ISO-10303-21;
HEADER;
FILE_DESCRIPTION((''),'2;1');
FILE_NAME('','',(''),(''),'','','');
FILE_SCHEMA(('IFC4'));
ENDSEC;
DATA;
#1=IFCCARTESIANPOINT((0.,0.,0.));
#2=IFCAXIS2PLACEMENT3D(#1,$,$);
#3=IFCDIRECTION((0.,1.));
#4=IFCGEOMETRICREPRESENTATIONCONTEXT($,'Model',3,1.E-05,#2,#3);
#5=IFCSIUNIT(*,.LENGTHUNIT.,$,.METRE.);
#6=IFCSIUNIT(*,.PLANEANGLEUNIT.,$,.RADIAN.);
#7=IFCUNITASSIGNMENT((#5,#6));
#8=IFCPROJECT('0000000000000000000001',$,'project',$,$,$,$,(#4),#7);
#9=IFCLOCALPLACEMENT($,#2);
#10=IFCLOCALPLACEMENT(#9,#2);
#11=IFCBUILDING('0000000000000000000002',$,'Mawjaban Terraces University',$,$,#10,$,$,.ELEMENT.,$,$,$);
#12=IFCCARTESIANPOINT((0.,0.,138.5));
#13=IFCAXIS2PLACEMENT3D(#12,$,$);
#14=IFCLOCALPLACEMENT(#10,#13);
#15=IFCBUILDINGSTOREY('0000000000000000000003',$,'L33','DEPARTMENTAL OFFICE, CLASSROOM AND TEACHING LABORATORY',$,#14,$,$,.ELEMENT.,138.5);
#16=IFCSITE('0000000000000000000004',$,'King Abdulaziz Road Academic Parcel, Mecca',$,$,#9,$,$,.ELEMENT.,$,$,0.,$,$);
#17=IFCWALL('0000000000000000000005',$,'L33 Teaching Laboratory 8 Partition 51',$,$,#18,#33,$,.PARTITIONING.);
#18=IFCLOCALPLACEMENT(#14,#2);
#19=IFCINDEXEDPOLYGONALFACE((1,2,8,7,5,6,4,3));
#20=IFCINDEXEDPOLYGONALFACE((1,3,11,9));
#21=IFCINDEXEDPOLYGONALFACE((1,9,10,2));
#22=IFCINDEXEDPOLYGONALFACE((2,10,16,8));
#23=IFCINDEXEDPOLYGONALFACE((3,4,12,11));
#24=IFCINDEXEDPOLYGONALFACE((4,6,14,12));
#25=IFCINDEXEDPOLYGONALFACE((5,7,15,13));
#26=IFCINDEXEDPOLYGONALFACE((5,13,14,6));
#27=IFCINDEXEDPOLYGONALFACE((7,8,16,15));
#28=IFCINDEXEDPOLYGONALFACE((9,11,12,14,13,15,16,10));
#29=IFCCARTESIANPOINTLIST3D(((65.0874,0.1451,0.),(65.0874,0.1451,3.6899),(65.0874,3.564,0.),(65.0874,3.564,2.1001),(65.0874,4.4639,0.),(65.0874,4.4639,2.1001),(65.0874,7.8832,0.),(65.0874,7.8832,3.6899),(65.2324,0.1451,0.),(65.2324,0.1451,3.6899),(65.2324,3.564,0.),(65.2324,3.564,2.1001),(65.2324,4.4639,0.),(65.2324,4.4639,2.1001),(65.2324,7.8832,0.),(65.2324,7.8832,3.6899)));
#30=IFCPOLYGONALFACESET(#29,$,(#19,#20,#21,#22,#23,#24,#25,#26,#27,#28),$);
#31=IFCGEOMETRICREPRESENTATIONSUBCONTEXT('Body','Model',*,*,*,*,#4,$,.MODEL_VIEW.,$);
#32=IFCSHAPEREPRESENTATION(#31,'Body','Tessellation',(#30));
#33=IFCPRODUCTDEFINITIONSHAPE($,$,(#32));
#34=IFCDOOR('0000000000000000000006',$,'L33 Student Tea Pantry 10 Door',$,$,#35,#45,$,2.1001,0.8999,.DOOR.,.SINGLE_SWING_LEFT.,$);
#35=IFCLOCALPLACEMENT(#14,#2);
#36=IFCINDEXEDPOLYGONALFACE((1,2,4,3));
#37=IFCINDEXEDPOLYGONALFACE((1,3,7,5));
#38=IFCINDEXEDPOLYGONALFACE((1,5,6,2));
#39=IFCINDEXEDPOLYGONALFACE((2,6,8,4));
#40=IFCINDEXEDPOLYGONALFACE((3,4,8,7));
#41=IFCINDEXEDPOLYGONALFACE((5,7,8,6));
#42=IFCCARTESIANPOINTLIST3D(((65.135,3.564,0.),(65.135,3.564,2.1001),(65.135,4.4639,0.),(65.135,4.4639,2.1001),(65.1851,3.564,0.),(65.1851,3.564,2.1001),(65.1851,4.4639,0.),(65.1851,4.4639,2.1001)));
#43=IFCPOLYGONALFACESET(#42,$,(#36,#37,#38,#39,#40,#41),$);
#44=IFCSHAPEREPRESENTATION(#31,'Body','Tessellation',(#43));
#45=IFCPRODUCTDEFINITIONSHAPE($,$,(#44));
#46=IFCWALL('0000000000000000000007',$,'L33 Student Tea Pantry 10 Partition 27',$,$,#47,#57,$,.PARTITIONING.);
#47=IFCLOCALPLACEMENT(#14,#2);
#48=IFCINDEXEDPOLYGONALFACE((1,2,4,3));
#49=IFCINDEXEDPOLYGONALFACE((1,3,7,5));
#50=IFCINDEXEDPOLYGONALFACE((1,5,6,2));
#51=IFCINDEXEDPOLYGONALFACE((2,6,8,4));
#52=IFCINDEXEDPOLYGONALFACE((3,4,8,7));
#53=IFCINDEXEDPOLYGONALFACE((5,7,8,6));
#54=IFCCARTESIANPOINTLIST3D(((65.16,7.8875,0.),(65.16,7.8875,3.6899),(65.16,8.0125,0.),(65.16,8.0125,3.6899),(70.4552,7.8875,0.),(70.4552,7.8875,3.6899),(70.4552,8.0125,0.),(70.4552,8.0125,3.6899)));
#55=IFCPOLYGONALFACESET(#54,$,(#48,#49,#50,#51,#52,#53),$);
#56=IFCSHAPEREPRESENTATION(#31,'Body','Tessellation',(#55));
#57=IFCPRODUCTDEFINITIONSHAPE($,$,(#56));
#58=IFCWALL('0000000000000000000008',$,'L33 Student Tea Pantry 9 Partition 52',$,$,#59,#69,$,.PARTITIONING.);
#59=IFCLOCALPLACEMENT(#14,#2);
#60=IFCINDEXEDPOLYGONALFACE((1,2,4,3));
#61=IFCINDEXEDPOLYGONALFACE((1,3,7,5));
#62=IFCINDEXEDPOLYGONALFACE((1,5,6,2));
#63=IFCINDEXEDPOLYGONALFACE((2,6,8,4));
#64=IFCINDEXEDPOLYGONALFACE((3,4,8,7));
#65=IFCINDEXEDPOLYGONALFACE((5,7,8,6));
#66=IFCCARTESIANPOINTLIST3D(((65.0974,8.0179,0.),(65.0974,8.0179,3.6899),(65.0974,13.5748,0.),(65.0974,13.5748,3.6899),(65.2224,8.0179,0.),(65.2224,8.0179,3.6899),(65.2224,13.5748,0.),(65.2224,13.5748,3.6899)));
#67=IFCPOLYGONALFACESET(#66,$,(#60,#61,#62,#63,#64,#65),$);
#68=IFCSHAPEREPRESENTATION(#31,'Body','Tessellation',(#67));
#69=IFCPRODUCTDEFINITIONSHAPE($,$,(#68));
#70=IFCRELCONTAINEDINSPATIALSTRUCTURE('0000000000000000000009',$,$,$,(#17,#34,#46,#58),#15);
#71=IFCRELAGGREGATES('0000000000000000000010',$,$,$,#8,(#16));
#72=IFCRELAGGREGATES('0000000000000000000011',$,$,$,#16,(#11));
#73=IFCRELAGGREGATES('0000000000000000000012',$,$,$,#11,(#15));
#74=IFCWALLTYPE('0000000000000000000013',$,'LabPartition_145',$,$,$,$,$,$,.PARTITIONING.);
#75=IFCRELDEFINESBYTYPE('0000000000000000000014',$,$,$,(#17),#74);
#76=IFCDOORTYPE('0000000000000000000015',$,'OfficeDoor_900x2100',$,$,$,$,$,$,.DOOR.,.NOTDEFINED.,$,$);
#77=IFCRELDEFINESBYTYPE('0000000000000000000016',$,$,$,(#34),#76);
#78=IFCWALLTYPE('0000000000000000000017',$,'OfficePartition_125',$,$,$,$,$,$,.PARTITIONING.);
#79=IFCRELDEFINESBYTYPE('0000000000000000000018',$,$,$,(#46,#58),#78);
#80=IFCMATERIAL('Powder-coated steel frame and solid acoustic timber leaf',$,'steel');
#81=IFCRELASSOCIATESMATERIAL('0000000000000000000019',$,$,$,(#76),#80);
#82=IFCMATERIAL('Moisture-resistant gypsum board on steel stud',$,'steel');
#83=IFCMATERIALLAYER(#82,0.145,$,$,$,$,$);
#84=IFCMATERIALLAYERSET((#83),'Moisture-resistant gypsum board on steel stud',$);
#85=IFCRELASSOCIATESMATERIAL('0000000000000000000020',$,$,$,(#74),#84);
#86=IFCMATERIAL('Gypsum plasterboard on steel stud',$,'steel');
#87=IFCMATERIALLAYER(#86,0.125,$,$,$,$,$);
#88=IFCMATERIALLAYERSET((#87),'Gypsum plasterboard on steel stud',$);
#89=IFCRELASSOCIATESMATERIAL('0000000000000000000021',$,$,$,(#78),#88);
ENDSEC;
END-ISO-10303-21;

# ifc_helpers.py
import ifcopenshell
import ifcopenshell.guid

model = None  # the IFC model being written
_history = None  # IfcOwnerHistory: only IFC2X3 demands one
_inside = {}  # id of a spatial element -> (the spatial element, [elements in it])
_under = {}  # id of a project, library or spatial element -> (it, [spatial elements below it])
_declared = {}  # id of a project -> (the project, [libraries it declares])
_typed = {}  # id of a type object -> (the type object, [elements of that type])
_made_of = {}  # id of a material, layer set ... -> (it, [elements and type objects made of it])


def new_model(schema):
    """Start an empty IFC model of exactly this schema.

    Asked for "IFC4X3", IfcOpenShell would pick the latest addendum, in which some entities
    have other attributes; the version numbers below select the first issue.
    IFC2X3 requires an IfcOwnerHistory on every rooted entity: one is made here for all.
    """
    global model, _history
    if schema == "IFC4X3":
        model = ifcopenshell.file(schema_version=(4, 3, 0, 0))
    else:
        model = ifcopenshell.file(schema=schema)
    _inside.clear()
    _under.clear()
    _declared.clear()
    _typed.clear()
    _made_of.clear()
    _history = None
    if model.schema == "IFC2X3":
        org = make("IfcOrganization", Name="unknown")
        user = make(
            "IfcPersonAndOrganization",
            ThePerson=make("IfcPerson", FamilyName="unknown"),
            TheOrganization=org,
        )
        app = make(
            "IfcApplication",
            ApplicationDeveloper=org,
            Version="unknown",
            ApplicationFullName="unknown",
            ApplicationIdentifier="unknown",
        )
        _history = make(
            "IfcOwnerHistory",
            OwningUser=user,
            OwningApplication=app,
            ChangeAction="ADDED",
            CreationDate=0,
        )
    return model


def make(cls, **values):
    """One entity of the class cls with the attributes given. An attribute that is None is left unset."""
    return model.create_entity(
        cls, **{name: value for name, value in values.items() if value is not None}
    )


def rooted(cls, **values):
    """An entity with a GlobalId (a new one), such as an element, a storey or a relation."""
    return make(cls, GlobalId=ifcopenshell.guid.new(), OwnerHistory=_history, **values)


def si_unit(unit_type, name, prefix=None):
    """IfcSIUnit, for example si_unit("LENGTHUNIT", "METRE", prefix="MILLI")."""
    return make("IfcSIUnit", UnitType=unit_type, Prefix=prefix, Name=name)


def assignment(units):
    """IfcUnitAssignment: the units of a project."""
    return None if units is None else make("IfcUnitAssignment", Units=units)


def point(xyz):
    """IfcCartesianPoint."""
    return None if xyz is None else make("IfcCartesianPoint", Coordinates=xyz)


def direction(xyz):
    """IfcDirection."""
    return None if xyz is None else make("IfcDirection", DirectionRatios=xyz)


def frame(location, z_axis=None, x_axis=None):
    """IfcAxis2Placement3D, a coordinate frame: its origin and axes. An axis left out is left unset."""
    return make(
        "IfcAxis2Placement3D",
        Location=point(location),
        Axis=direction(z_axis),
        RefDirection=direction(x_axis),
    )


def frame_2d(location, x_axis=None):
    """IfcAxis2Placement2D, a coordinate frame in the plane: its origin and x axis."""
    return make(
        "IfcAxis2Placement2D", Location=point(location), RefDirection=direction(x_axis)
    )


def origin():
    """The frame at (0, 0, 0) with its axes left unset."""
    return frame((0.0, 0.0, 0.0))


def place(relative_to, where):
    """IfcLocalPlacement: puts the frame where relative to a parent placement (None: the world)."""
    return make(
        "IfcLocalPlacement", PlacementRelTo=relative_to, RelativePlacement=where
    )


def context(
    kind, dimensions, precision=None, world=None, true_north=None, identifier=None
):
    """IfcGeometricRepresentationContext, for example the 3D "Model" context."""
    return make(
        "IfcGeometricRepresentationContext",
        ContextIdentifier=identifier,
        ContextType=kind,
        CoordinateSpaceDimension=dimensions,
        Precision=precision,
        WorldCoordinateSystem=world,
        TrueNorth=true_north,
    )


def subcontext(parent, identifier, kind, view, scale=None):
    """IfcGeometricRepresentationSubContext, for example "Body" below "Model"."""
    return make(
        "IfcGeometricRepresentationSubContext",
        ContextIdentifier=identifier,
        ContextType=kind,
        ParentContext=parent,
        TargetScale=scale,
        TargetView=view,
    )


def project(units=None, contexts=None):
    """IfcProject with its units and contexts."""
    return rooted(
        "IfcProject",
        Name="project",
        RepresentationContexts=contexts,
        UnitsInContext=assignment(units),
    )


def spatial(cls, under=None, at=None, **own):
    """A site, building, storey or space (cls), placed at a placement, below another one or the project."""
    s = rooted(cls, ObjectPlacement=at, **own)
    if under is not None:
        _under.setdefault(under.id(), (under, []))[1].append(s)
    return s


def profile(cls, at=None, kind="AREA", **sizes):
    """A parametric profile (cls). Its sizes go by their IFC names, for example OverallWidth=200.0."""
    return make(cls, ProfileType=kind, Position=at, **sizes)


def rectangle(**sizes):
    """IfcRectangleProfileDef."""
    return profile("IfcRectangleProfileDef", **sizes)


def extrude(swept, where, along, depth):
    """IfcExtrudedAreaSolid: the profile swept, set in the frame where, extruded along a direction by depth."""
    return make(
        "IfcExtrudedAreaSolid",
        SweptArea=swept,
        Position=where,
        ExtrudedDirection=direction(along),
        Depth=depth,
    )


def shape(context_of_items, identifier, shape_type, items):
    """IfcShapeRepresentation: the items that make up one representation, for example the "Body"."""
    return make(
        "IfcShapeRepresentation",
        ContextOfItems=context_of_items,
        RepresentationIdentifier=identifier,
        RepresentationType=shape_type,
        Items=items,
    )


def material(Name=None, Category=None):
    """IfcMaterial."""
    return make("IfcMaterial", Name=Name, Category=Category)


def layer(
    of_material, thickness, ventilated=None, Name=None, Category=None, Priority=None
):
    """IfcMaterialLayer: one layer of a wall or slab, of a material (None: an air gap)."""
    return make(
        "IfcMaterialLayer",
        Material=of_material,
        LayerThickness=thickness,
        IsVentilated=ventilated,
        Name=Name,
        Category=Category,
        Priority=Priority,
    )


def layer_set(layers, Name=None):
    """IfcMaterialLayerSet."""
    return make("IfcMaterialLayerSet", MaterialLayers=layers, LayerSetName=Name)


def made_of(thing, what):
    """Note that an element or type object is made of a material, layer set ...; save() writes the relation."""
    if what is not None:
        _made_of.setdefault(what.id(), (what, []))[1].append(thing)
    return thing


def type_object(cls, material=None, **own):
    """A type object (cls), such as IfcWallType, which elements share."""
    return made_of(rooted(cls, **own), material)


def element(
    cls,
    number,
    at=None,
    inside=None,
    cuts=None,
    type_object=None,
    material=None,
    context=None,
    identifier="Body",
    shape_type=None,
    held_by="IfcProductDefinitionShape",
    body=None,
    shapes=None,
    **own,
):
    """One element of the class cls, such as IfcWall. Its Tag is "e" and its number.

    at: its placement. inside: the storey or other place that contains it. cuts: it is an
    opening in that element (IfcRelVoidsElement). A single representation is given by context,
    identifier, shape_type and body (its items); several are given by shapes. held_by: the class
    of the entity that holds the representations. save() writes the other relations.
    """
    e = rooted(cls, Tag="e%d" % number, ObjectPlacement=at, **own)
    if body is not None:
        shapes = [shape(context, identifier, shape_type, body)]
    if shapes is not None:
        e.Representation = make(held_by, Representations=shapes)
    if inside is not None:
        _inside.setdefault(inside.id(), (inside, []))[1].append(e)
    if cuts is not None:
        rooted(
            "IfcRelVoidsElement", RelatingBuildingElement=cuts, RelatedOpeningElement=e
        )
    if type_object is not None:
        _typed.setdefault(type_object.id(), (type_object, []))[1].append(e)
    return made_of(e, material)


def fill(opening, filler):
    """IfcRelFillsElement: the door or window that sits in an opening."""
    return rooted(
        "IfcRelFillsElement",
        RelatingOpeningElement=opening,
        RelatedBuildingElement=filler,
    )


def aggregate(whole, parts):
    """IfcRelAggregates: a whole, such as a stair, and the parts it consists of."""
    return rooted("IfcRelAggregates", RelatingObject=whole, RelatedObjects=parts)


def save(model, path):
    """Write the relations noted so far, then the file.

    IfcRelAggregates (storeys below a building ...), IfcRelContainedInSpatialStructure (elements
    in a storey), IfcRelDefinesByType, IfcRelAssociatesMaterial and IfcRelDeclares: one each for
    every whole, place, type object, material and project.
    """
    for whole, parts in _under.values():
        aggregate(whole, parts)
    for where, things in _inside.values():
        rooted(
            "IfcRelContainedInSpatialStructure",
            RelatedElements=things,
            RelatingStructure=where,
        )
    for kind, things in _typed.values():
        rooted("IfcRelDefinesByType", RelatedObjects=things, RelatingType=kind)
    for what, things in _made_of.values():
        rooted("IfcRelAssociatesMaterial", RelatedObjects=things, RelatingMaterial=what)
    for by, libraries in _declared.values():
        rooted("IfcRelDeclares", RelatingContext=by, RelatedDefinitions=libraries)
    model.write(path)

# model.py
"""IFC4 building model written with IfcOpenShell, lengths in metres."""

from ifc_helpers import new_model, si_unit, direction, frame, frame_2d, origin, place, context, subcontext, project, spatial, rectangle, extrude, material, layer, layer_set, type_object, element, fill, save


model = new_model("IFC4")

# Units and contexts
model_context = context("Model", 3, precision=1e-05, world=origin(), true_north=direction((0.0, 1.0)))
body_context = subcontext(model_context, "Body", "Model", "MODEL_VIEW")
ifc_project = project(units=[si_unit("LENGTHUNIT", "METRE"), si_unit("PLANEANGLEUNIT", "RADIAN")], contexts=[model_context])

# Site, building, storey
site_placement = place(None, origin())
site = spatial("IfcSite", under=ifc_project, at=site_placement, Name="King Abdulaziz Road Academic Parcel, Mecca", CompositionType="ELEMENT", RefElevation=0.0)
building_placement = place(site_placement, origin())
building = spatial("IfcBuilding", under=site, at=building_placement, Name="Mawjaban Terraces University", CompositionType="ELEMENT")
storey_placement = place(building_placement, frame((0.0, 0.0, 138.5)))
storey = spatial("IfcBuildingStorey", under=building, at=storey_placement, Name="L33", Description="DEPARTMENTAL OFFICE, CLASSROOM AND TEACHING LABORATORY", CompositionType="ELEMENT", Elevation=138.5)

# Shared definitions
ifc_material_1 = material(Name="Powder-coated steel frame and solid acoustic timber leaf", Category="steel")
door_type_1 = type_object("IfcDoorType", Name="OfficeDoor_900x2100", OperationType="NOTDEFINED", PredefinedType="DOOR", material=ifc_material_1)

# Shared definitions
ifc_material_2 = material(Name="Moisture-resistant gypsum board on steel stud", Category="steel")
ifc_layer_1 = layer(ifc_material_2, 0.145)
ifc_layer_set_1 = layer_set([ifc_layer_1], Name="Moisture-resistant gypsum board on steel stud")
wall_type_1 = type_object("IfcWallType", Name="LabPartition_145", PredefinedType="PARTITIONING", material=ifc_layer_set_1)

# Wall, opening, door
wall_1_placement = place(storey_placement, frame((65.1599, 0.145, 0.0), z_axis=(0.0, 0.0, 1.0), x_axis=(0.0, 1.0, 0.0)))
wall_1 = element("IfcWall", 1, at=wall_1_placement, inside=storey, type_object=wall_type_1, Name="L33 Teaching Laboratory 8 Partition 51", PredefinedType="PARTITIONING", context=body_context, shape_type="SweptSolid", body=[
    extrude(rectangle(XDim=7.738, YDim=0.145, at=frame_2d((3.8691, 0.0))), origin(), (0.0, 0.0, 1.0), 3.6899),
])
opening_1_placement = place(wall_1_placement, frame((3.4189, 0.0, 0.0)))
opening_1 = element("IfcOpeningElement", 2, at=opening_1_placement, cuts=wall_1, PredefinedType="OPENING", context=body_context, shape_type="SweptSolid", body=[
    extrude(rectangle(XDim=0.8999, YDim=2.1001, at=frame_2d((0.45, 1.05))), frame((0.0, 0.0825, 0.0), z_axis=(0.0, -1.0, 0.0), x_axis=(1.0, 0.0, 0.0)), (0.0, 0.0, 1.0), 0.165),
])
door_1_placement = place(opening_1_placement, origin())
door_1 = element("IfcDoor", 3, at=door_1_placement, inside=storey, type_object=door_type_1, Name="L33 Student Tea Pantry 10 Door", OperationType="SINGLE_SWING_LEFT", OverallHeight=2.1001, OverallWidth=0.8999, PredefinedType="DOOR", context=body_context, shape_type="SweptSolid", body=[
    extrude(rectangle(XDim=0.8999, YDim=2.1001, at=frame_2d((0.45, 1.05))), frame((0.0, 0.0249, 0.0), z_axis=(0.0, -1.0, 0.0), x_axis=(1.0, 0.0, 0.0)), (0.0, 0.0, 1.0), 0.05),
])
fill(opening_1, door_1)

# Walls
ifc_material_3 = material(Name="Gypsum plasterboard on steel stud", Category="steel")
ifc_layer_2 = layer(ifc_material_3, 0.125)
ifc_layer_set_2 = layer_set([ifc_layer_2], Name="Gypsum plasterboard on steel stud")
wall_type_2 = type_object("IfcWallType", Name="OfficePartition_125", PredefinedType="PARTITIONING", material=ifc_layer_set_2)
wall_2_placement = place(storey_placement, frame((70.4551, 7.95, 0.0), z_axis=(0.0, 0.0, 1.0), x_axis=(-1.0, 0.0, 0.0)))
element("IfcWall", 4, at=wall_2_placement, inside=storey, type_object=wall_type_2, Name="L33 Student Tea Pantry 10 Partition 27", PredefinedType="PARTITIONING", context=body_context, shape_type="SweptSolid", body=[
    extrude(rectangle(XDim=5.2952, YDim=0.125, at=frame_2d((2.6475, 0.0))), origin(), (0.0, 0.0, 1.0), 3.6899),
])
wall_3_placement = place(storey_placement, frame((65.1599, 8.0181, 0.0), z_axis=(0.0, 0.0, 1.0), x_axis=(0.0, 1.0, 0.0)))
element("IfcWall", 5, at=wall_3_placement, inside=storey, type_object=wall_type_2, Name="L33 Student Tea Pantry 9 Partition 52", PredefinedType="PARTITIONING", context=body_context, shape_type="SweptSolid", body=[
    extrude(rectangle(XDim=5.5569, YDim=0.125, at=frame_2d((2.7783, 0.0))), origin(), (0.0, 0.0, 1.0), 3.6899),
])

save(model, "model.ifc")
